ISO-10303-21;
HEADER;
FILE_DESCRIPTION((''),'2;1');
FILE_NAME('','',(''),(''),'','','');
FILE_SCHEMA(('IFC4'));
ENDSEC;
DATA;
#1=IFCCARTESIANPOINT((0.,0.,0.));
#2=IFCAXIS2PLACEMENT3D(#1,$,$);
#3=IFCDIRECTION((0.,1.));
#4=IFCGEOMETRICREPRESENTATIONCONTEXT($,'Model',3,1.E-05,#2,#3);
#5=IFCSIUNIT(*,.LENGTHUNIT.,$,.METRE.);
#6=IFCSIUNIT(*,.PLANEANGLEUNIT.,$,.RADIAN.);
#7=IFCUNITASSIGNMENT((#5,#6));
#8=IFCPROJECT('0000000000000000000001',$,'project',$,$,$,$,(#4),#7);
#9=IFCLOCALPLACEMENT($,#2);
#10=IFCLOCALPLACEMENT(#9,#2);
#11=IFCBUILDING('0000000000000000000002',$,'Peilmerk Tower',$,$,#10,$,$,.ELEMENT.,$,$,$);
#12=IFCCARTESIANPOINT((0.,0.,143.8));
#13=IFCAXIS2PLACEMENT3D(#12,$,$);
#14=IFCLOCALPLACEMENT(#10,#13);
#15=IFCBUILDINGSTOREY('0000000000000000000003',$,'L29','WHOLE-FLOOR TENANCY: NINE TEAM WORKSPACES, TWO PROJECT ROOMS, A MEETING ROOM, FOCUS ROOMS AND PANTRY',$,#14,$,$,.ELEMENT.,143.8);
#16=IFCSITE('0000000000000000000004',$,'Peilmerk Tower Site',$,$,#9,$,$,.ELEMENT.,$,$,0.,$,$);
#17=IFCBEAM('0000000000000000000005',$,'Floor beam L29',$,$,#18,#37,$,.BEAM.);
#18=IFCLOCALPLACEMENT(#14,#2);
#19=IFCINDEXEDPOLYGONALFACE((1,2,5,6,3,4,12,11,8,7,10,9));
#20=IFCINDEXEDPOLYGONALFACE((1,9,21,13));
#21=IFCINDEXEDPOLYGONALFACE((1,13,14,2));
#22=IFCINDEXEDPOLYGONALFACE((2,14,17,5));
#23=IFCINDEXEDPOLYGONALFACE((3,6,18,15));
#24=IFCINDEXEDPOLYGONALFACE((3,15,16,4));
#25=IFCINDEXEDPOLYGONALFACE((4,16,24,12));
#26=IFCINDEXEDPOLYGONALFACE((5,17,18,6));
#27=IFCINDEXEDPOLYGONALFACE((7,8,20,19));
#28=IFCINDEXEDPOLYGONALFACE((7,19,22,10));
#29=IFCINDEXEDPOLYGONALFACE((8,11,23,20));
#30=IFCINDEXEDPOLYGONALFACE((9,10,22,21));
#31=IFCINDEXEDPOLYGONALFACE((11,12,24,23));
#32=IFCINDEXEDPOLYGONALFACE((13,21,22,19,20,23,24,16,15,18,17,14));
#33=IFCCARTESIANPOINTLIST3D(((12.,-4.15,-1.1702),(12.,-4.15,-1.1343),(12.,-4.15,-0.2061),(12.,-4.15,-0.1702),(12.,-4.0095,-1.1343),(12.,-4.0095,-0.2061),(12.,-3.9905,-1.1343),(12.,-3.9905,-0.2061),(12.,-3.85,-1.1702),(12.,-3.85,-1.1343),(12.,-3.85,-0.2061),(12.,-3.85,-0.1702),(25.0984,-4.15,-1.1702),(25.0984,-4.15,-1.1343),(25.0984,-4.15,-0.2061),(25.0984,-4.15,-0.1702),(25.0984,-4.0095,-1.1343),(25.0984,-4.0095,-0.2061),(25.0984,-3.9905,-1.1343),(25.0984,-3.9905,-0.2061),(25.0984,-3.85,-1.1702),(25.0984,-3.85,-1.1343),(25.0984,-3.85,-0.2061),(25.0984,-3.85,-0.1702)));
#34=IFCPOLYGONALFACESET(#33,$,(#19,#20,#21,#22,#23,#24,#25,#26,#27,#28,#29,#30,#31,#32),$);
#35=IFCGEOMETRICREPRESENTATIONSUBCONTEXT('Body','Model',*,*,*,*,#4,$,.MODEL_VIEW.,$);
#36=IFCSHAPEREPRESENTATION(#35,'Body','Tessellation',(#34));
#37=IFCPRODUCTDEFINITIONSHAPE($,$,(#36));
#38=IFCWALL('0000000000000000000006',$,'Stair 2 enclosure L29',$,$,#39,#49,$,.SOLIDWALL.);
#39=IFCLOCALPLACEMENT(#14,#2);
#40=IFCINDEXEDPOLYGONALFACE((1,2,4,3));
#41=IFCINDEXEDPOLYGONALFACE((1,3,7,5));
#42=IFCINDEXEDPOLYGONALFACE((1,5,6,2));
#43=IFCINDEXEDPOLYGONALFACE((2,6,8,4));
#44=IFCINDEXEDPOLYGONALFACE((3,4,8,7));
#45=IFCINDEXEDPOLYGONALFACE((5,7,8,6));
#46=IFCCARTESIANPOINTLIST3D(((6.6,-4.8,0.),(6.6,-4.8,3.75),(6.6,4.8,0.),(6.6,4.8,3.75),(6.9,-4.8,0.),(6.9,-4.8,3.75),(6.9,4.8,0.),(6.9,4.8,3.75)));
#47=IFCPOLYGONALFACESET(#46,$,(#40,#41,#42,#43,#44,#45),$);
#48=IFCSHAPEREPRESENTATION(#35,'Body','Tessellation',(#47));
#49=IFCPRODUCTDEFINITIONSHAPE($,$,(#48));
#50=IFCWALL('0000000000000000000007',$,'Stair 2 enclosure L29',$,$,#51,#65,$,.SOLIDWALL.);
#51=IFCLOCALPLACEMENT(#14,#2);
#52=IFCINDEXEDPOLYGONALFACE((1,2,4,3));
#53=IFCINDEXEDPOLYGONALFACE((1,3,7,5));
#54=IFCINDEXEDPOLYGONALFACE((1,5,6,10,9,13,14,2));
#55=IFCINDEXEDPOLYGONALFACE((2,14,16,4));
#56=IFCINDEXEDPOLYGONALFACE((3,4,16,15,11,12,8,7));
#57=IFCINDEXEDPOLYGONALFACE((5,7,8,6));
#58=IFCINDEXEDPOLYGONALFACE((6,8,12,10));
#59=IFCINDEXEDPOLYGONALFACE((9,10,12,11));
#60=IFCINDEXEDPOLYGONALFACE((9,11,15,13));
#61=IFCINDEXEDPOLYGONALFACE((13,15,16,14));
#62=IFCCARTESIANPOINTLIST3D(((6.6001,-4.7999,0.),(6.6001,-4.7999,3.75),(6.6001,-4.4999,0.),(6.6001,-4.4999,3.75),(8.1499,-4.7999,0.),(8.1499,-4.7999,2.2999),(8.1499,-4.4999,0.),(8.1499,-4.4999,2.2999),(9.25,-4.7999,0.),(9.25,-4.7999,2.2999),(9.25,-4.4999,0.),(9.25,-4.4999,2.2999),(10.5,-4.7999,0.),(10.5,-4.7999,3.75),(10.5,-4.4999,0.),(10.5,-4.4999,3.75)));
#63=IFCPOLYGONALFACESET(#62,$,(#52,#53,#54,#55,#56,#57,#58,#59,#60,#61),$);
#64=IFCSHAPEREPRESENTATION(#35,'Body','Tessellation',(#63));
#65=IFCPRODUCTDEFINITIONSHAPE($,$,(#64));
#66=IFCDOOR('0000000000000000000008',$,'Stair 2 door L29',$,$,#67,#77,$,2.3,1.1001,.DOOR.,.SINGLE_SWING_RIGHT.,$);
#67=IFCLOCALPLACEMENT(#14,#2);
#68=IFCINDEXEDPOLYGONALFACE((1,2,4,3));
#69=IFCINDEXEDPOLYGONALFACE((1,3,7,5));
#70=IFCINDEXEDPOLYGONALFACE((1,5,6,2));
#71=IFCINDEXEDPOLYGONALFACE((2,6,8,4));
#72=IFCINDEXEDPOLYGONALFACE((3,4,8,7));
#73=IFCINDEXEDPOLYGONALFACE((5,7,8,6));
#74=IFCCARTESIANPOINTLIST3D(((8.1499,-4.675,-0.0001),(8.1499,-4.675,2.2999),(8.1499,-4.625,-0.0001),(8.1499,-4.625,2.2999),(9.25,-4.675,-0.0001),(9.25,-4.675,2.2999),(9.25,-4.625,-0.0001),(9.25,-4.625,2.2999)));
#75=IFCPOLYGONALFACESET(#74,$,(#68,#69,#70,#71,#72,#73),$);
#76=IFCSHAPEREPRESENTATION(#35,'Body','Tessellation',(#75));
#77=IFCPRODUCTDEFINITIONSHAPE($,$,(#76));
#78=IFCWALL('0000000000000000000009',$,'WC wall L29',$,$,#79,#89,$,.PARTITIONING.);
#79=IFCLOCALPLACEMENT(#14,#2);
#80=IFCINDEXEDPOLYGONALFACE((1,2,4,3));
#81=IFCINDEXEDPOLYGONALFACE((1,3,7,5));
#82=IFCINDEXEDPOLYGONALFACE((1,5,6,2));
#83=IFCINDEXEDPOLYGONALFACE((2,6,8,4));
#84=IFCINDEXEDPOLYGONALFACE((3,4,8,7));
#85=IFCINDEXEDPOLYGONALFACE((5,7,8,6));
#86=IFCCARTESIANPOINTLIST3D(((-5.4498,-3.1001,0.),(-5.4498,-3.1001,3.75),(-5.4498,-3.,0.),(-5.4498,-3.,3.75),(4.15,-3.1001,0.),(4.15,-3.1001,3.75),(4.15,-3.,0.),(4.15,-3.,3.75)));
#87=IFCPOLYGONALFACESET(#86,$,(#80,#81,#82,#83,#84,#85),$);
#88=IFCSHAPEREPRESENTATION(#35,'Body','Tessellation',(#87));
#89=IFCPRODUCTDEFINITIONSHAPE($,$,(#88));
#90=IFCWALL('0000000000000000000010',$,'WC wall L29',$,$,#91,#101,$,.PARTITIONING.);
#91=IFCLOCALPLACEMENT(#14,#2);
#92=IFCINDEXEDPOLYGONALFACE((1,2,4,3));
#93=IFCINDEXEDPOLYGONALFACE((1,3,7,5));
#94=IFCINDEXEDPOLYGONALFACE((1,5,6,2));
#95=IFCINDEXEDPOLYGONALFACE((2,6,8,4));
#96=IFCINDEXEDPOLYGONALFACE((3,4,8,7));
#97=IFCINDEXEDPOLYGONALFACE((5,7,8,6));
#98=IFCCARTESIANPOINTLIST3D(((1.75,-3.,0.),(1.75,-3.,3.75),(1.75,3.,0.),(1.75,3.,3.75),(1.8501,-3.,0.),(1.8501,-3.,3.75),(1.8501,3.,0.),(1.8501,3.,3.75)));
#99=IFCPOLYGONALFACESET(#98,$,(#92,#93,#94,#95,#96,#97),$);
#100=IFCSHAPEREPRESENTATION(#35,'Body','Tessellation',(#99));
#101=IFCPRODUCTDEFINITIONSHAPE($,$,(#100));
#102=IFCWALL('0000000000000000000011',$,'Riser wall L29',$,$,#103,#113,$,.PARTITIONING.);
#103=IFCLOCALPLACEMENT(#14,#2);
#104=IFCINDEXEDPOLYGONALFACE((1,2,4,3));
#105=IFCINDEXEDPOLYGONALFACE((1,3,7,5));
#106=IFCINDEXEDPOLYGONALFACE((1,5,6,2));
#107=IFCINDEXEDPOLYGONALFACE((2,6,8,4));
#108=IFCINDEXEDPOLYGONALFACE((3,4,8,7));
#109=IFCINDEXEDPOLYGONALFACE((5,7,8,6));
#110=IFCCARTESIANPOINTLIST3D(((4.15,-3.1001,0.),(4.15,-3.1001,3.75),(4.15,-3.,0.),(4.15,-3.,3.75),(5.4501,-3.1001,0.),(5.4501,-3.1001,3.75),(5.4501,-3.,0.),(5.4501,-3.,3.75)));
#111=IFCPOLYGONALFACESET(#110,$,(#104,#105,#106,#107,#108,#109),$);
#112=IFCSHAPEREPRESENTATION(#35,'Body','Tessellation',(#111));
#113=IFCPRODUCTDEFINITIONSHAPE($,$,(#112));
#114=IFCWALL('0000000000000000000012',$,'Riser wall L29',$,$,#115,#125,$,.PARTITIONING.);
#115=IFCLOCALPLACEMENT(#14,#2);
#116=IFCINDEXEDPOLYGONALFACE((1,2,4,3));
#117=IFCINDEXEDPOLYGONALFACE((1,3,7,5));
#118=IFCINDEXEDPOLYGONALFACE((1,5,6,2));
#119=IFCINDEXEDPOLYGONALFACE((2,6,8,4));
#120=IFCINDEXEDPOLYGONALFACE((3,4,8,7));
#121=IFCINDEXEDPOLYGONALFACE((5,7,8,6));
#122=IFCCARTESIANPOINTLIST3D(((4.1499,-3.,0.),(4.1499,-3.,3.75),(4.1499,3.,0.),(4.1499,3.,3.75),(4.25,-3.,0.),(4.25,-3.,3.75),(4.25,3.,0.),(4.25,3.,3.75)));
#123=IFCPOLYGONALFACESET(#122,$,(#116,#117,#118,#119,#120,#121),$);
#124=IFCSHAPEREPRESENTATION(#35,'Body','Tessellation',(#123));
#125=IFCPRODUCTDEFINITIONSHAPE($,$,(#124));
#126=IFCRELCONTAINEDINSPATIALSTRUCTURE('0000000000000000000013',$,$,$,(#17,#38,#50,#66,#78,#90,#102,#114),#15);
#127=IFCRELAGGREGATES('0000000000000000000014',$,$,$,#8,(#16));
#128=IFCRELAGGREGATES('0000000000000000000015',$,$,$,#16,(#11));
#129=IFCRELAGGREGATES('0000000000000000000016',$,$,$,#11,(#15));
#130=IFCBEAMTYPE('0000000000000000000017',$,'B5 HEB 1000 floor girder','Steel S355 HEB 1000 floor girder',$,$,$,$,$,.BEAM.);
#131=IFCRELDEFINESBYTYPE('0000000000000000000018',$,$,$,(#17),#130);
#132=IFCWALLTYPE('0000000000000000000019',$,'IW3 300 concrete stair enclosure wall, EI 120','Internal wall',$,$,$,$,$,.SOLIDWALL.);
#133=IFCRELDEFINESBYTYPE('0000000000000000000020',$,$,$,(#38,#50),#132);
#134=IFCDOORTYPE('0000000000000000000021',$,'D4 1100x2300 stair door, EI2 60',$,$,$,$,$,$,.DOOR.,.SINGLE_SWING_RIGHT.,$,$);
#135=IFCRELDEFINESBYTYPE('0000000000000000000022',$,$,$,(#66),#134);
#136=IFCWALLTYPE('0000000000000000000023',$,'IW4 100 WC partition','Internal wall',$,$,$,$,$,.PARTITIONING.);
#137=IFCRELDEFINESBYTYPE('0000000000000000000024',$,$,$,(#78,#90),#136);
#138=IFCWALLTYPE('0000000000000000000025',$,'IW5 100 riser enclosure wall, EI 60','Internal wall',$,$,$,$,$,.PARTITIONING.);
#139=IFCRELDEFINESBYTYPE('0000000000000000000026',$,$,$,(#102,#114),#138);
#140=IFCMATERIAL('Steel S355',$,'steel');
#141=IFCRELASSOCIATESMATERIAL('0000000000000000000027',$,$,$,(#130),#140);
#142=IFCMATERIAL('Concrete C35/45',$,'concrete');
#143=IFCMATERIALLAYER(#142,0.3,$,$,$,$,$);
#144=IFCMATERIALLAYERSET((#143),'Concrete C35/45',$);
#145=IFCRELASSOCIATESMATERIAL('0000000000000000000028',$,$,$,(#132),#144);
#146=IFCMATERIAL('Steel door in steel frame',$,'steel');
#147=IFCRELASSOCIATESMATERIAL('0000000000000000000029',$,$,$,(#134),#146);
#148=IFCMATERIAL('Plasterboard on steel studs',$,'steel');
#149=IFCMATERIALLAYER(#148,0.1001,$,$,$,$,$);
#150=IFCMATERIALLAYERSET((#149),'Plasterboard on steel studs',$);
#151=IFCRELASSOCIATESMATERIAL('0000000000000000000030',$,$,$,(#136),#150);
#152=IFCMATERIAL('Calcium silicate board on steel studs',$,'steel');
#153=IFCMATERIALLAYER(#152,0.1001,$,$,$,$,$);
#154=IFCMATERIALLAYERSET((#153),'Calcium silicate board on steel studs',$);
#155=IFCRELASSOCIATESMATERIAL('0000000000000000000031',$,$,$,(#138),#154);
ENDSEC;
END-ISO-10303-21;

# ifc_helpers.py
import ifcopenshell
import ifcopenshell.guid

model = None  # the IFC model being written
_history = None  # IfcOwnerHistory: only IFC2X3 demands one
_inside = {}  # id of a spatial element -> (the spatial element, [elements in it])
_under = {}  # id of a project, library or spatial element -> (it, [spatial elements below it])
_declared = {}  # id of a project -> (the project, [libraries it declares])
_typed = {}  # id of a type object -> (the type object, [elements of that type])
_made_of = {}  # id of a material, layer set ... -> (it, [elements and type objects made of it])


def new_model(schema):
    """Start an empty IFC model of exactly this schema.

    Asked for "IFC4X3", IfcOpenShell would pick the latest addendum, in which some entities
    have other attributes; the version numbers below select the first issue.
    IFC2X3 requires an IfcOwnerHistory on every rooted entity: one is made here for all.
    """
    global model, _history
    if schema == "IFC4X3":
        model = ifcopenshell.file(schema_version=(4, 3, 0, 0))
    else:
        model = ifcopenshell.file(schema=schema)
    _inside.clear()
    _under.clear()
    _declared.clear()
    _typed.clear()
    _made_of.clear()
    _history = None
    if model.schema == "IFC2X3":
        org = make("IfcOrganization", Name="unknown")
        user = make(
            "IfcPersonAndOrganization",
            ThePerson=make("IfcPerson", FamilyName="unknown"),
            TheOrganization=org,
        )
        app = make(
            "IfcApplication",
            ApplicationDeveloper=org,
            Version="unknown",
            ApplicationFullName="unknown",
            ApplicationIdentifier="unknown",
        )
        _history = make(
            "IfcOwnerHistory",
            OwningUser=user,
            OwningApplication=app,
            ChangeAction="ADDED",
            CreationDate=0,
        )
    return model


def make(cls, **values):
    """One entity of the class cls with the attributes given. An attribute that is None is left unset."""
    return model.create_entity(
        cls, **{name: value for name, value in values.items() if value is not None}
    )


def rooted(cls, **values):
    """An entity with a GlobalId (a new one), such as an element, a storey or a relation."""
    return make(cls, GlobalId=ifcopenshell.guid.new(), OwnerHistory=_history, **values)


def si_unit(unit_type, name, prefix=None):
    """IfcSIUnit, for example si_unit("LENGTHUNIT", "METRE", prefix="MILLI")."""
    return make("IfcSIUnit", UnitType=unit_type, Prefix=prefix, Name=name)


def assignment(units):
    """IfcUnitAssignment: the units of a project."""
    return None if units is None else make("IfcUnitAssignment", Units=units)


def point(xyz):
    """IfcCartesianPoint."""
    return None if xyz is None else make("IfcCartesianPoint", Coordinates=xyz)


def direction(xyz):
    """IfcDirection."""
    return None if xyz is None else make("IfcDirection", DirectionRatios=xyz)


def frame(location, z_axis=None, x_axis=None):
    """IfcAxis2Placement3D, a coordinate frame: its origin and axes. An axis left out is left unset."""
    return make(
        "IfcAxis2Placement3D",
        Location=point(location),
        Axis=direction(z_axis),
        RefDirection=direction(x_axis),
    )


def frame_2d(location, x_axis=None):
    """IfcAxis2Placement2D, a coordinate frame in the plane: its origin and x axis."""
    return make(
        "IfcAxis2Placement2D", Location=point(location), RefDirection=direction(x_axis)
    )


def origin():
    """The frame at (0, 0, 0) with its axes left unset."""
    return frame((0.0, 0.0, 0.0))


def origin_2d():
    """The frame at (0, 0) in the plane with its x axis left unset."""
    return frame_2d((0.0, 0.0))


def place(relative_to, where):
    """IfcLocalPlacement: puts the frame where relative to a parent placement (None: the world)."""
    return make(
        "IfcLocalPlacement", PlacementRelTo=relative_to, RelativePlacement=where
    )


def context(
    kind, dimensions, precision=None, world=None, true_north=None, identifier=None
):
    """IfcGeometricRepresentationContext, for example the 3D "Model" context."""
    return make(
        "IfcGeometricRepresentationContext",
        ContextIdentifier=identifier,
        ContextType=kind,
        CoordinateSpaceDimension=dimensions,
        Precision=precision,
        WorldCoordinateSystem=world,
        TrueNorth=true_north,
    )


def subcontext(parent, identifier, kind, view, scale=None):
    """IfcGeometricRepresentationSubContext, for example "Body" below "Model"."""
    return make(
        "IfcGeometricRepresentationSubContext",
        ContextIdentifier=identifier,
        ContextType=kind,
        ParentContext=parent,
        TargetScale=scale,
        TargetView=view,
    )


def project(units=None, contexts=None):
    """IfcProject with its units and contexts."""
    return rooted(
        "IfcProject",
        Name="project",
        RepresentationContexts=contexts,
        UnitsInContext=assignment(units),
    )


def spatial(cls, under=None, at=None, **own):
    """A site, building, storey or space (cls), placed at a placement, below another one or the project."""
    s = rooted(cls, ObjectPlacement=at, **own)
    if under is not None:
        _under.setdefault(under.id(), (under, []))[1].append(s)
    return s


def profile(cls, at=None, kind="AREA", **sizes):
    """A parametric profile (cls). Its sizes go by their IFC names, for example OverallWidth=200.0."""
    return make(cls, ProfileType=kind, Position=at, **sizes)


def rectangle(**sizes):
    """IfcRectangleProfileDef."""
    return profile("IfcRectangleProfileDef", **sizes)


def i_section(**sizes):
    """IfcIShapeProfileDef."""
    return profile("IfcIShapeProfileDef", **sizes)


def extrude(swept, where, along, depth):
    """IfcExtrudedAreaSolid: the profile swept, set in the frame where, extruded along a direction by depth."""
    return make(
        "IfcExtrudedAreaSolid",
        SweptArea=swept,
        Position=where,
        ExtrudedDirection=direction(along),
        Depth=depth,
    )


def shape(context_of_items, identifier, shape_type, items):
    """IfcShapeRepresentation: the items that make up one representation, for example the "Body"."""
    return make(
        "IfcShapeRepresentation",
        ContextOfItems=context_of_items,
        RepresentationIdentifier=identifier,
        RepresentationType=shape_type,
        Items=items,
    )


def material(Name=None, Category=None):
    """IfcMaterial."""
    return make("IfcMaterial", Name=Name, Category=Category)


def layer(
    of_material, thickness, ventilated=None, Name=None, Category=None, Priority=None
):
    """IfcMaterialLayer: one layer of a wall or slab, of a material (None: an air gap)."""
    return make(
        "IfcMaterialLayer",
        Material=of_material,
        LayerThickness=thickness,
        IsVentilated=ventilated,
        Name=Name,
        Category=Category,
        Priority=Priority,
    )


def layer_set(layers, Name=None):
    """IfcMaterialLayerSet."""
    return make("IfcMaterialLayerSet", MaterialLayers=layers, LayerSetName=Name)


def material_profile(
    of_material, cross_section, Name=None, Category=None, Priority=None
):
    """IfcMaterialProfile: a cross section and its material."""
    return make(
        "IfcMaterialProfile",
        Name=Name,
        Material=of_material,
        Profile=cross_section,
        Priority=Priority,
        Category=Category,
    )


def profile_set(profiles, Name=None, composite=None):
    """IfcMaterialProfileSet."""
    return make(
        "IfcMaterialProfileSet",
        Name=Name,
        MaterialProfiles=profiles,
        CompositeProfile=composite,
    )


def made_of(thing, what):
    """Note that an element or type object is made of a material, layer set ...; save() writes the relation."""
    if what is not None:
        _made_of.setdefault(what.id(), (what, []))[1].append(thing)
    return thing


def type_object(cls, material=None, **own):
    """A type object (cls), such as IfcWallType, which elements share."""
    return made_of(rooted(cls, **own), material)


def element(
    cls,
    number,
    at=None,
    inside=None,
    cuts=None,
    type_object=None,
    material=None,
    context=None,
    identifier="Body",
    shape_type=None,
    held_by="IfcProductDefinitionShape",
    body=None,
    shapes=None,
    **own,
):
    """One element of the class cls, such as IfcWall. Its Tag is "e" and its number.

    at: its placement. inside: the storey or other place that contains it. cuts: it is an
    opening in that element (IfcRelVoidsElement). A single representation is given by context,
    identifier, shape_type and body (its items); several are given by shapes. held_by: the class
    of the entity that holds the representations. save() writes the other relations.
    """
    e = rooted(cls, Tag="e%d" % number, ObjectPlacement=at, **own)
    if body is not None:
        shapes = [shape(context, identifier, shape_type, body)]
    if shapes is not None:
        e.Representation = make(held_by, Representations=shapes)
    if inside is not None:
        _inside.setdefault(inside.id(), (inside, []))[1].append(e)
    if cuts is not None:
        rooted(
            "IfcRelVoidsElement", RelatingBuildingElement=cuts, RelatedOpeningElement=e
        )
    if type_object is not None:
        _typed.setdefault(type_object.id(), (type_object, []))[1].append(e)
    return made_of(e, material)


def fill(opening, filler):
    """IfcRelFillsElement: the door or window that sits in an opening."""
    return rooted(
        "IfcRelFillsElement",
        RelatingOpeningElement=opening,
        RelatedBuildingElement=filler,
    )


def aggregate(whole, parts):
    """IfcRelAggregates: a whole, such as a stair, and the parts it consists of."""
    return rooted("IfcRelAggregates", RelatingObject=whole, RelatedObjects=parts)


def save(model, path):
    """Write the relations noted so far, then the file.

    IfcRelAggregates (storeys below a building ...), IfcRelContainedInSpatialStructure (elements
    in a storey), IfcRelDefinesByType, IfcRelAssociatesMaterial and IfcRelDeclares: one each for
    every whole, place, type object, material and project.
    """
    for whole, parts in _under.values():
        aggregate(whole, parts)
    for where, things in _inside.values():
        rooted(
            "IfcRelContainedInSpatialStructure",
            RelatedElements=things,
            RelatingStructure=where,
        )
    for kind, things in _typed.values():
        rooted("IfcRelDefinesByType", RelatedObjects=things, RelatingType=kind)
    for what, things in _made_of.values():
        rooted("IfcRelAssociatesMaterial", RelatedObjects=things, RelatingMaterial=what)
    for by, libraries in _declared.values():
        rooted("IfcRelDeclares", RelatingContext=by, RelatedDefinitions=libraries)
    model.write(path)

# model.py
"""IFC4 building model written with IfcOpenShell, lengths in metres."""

from ifc_helpers import new_model, si_unit, direction, frame, frame_2d, origin, origin_2d, place, context, subcontext, project, spatial, rectangle, i_section, extrude, material, layer, layer_set, material_profile, profile_set, type_object, element, fill, save


model = new_model("IFC4")

# Units and contexts
model_context = context("Model", 3, precision=1e-05, world=origin(), true_north=direction((0.0, 1.0)))
body_context = subcontext(model_context, "Body", "Model", "MODEL_VIEW")
ifc_project = project(units=[si_unit("LENGTHUNIT", "METRE"), si_unit("PLANEANGLEUNIT", "RADIAN")], contexts=[model_context])

# Site, building, storey
site_placement = place(None, origin())
site = spatial("IfcSite", under=ifc_project, at=site_placement, Name="Peilmerk Tower Site", CompositionType="ELEMENT", RefElevation=0.0)
building_placement = place(site_placement, origin())
building = spatial("IfcBuilding", under=site, at=building_placement, Name="Peilmerk Tower", CompositionType="ELEMENT")
storey_placement = place(building_placement, frame((0.0, 0.0, 143.8)))
storey = spatial("IfcBuildingStorey", under=building, at=storey_placement, Name="L29", Description="WHOLE-FLOOR TENANCY: NINE TEAM WORKSPACES, TWO PROJECT ROOMS, A MEETING ROOM, FOCUS ROOMS AND PANTRY", CompositionType="ELEMENT", Elevation=143.8)

# Beam
ifc_material_1 = material(Name="Steel S355", Category="steel")
ifc_material_profile = material_profile(ifc_material_1, i_section(OverallWidth=0.3, OverallDepth=1.0, WebThickness=0.019, FlangeThickness=0.0359, at=origin_2d()), Name="HEB 1000")
ifc_profile_set = profile_set([ifc_material_profile], Name="Steel S355")
beam_type = type_object("IfcBeamType", Name="B5 HEB 1000 floor girder", Description="Steel S355 HEB 1000 floor girder", PredefinedType="BEAM", material=ifc_profile_set)
beam_placement = place(storey_placement, frame((12.0, -4.0, -0.6702), z_axis=(1.0, 0.0, 0.0), x_axis=(0.0, 1.0, 0.0)))
element("IfcBeam", 1, at=beam_placement, inside=storey, type_object=beam_type, Name="Floor beam L29", PredefinedType="BEAM", context=body_context, shape_type="SweptSolid", body=[
    extrude(i_section(OverallWidth=0.3, OverallDepth=1.0, WebThickness=0.019, FlangeThickness=0.0359, at=origin_2d()), origin(), (0.0, 0.0, 1.0), 13.0984),
])

# Wall
ifc_material_2 = material(Name="Concrete C35/45", Category="concrete")
ifc_layer_1 = layer(ifc_material_2, 0.3)
ifc_layer_set_1 = layer_set([ifc_layer_1], Name="Concrete C35/45")
wall_type_1 = type_object("IfcWallType", Name="IW3 300 concrete stair enclosure wall, EI 120", Description="Internal wall", PredefinedType="SOLIDWALL", material=ifc_layer_set_1)
wall_1_placement = place(storey_placement, frame((6.75, -4.8, 0.0), z_axis=(0.0, 0.0, 1.0), x_axis=(0.0, 1.0, 0.0)))
element("IfcWall", 2, at=wall_1_placement, inside=storey, type_object=wall_type_1, Name="Stair 2 enclosure L29", PredefinedType="SOLIDWALL", context=body_context, shape_type="SweptSolid", body=[
    extrude(rectangle(XDim=9.6001, YDim=0.3, at=frame_2d((4.8, 0.0))), origin(), (0.0, 0.0, 1.0), 3.75),
])

# Wall, opening, door
wall_2_placement = place(storey_placement, frame((10.5, -4.6499, 0.0), z_axis=(0.0, 0.0, 1.0), x_axis=(-1.0, 0.0, 0.0)))
wall_2 = element("IfcWall", 3, at=wall_2_placement, inside=storey, type_object=wall_type_1, Name="Stair 2 enclosure L29", PredefinedType="SOLIDWALL", context=body_context, shape_type="SweptSolid", body=[
    extrude(rectangle(XDim=3.8999, YDim=0.3, at=frame_2d((1.95, 0.0))), origin(), (0.0, 0.0, 1.0), 3.75),
])
opening_1_placement = place(wall_2_placement, frame((1.25, 0.0, 0.0)))
opening_1 = element("IfcOpeningElement", 4, at=opening_1_placement, cuts=wall_2, PredefinedType="OPENING", context=body_context, shape_type="SweptSolid", body=[
    extrude(rectangle(XDim=1.1001, YDim=2.3, at=frame_2d((0.55, 1.1499))), frame((0.0, 0.1599, 0.0), z_axis=(0.0, -1.0, 0.0), x_axis=(1.0, 0.0, 0.0)), (0.0, 0.0, 1.0), 0.3201),
])
ifc_material_3 = material(Name="Steel door in steel frame", Category="steel")
door_type_1 = type_object("IfcDoorType", Name="D4 1100x2300 stair door, EI2 60", OperationType="SINGLE_SWING_RIGHT", PredefinedType="DOOR", material=ifc_material_3)
door_1_placement = place(opening_1_placement, frame((1.1001, 0.0, 0.0), z_axis=(0.0, 0.0, 1.0), x_axis=(-1.0, 0.0, 0.0)))
door_1 = element("IfcDoor", 5, at=door_1_placement, inside=storey, type_object=door_type_1, Name="Stair 2 door L29", OperationType="SINGLE_SWING_RIGHT", OverallHeight=2.3, OverallWidth=1.1001, PredefinedType="DOOR", context=body_context, shape_type="SweptSolid", body=[
    extrude(rectangle(XDim=1.1001, YDim=2.3, at=frame_2d((0.55, 1.1499))), frame((0.0, 0.0249, 0.0), z_axis=(0.0, -1.0, 0.0), x_axis=(1.0, 0.0, 0.0)), (0.0, 0.0, 1.0), 0.05),
])
fill(opening_1, door_1)

# Walls
ifc_material_4 = material(Name="Plasterboard on steel studs", Category="steel")
ifc_layer_2 = layer(ifc_material_4, 0.1001)
ifc_layer_set_2 = layer_set([ifc_layer_2], Name="Plasterboard on steel studs")
wall_type_2 = type_object("IfcWallType", Name="IW4 100 WC partition", Description="Internal wall", PredefinedType="PARTITIONING", material=ifc_layer_set_2)
wall_3_placement = place(storey_placement, frame((4.1499, -3.05, 0.0), z_axis=(0.0, 0.0, 1.0), x_axis=(-1.0, 0.0, 0.0)))
element("IfcWall", 6, at=wall_3_placement, inside=storey, type_object=wall_type_2, Name="WC wall L29", PredefinedType="PARTITIONING", context=body_context, shape_type="SweptSolid", body=[
    extrude(rectangle(XDim=9.5999, YDim=0.1001, at=frame_2d((4.7998, 0.0))), origin(), (0.0, 0.0, 1.0), 3.75),
])
wall_4_placement = place(storey_placement, frame((1.8, -3.0, 0.0), z_axis=(0.0, 0.0, 1.0), x_axis=(0.0, 1.0, 0.0)))
element("IfcWall", 7, at=wall_4_placement, inside=storey, type_object=wall_type_2, Name="WC wall L29", PredefinedType="PARTITIONING", context=body_context, shape_type="SweptSolid", body=[
    extrude(rectangle(XDim=6.0, YDim=0.1001, at=frame_2d((3.0, 0.0))), origin(), (0.0, 0.0, 1.0), 3.75),
])
ifc_material_5 = material(Name="Calcium silicate board on steel studs", Category="steel")
ifc_layer_3 = layer(ifc_material_5, 0.1001)
ifc_layer_set_3 = layer_set([ifc_layer_3], Name="Calcium silicate board on steel studs")
wall_type_3 = type_object("IfcWallType", Name="IW5 100 riser enclosure wall, EI 60", Description="Internal wall", PredefinedType="PARTITIONING", material=ifc_layer_set_3)
wall_5_placement = place(storey_placement, frame((5.45, -3.05, 0.0), z_axis=(0.0, 0.0, 1.0), x_axis=(-1.0, 0.0, 0.0)))
element("IfcWall", 8, at=wall_5_placement, inside=storey, type_object=wall_type_3, Name="Riser wall L29", PredefinedType="PARTITIONING", context=body_context, shape_type="SweptSolid", body=[
    extrude(rectangle(XDim=1.3, YDim=0.1001, at=frame_2d((0.6499, 0.0))), origin(), (0.0, 0.0, 1.0), 3.75),
])
wall_6_placement = place(storey_placement, frame((4.2, -3.0, 0.0), z_axis=(0.0, 0.0, 1.0), x_axis=(0.0, 1.0, 0.0)))
element("IfcWall", 9, at=wall_6_placement, inside=storey, type_object=wall_type_3, Name="Riser wall L29", PredefinedType="PARTITIONING", context=body_context, shape_type="SweptSolid", body=[
    extrude(rectangle(XDim=6.0, YDim=0.1001, at=frame_2d((3.0, 0.0))), origin(), (0.0, 0.0, 1.0), 3.75),
])

save(model, "model.ifc")
